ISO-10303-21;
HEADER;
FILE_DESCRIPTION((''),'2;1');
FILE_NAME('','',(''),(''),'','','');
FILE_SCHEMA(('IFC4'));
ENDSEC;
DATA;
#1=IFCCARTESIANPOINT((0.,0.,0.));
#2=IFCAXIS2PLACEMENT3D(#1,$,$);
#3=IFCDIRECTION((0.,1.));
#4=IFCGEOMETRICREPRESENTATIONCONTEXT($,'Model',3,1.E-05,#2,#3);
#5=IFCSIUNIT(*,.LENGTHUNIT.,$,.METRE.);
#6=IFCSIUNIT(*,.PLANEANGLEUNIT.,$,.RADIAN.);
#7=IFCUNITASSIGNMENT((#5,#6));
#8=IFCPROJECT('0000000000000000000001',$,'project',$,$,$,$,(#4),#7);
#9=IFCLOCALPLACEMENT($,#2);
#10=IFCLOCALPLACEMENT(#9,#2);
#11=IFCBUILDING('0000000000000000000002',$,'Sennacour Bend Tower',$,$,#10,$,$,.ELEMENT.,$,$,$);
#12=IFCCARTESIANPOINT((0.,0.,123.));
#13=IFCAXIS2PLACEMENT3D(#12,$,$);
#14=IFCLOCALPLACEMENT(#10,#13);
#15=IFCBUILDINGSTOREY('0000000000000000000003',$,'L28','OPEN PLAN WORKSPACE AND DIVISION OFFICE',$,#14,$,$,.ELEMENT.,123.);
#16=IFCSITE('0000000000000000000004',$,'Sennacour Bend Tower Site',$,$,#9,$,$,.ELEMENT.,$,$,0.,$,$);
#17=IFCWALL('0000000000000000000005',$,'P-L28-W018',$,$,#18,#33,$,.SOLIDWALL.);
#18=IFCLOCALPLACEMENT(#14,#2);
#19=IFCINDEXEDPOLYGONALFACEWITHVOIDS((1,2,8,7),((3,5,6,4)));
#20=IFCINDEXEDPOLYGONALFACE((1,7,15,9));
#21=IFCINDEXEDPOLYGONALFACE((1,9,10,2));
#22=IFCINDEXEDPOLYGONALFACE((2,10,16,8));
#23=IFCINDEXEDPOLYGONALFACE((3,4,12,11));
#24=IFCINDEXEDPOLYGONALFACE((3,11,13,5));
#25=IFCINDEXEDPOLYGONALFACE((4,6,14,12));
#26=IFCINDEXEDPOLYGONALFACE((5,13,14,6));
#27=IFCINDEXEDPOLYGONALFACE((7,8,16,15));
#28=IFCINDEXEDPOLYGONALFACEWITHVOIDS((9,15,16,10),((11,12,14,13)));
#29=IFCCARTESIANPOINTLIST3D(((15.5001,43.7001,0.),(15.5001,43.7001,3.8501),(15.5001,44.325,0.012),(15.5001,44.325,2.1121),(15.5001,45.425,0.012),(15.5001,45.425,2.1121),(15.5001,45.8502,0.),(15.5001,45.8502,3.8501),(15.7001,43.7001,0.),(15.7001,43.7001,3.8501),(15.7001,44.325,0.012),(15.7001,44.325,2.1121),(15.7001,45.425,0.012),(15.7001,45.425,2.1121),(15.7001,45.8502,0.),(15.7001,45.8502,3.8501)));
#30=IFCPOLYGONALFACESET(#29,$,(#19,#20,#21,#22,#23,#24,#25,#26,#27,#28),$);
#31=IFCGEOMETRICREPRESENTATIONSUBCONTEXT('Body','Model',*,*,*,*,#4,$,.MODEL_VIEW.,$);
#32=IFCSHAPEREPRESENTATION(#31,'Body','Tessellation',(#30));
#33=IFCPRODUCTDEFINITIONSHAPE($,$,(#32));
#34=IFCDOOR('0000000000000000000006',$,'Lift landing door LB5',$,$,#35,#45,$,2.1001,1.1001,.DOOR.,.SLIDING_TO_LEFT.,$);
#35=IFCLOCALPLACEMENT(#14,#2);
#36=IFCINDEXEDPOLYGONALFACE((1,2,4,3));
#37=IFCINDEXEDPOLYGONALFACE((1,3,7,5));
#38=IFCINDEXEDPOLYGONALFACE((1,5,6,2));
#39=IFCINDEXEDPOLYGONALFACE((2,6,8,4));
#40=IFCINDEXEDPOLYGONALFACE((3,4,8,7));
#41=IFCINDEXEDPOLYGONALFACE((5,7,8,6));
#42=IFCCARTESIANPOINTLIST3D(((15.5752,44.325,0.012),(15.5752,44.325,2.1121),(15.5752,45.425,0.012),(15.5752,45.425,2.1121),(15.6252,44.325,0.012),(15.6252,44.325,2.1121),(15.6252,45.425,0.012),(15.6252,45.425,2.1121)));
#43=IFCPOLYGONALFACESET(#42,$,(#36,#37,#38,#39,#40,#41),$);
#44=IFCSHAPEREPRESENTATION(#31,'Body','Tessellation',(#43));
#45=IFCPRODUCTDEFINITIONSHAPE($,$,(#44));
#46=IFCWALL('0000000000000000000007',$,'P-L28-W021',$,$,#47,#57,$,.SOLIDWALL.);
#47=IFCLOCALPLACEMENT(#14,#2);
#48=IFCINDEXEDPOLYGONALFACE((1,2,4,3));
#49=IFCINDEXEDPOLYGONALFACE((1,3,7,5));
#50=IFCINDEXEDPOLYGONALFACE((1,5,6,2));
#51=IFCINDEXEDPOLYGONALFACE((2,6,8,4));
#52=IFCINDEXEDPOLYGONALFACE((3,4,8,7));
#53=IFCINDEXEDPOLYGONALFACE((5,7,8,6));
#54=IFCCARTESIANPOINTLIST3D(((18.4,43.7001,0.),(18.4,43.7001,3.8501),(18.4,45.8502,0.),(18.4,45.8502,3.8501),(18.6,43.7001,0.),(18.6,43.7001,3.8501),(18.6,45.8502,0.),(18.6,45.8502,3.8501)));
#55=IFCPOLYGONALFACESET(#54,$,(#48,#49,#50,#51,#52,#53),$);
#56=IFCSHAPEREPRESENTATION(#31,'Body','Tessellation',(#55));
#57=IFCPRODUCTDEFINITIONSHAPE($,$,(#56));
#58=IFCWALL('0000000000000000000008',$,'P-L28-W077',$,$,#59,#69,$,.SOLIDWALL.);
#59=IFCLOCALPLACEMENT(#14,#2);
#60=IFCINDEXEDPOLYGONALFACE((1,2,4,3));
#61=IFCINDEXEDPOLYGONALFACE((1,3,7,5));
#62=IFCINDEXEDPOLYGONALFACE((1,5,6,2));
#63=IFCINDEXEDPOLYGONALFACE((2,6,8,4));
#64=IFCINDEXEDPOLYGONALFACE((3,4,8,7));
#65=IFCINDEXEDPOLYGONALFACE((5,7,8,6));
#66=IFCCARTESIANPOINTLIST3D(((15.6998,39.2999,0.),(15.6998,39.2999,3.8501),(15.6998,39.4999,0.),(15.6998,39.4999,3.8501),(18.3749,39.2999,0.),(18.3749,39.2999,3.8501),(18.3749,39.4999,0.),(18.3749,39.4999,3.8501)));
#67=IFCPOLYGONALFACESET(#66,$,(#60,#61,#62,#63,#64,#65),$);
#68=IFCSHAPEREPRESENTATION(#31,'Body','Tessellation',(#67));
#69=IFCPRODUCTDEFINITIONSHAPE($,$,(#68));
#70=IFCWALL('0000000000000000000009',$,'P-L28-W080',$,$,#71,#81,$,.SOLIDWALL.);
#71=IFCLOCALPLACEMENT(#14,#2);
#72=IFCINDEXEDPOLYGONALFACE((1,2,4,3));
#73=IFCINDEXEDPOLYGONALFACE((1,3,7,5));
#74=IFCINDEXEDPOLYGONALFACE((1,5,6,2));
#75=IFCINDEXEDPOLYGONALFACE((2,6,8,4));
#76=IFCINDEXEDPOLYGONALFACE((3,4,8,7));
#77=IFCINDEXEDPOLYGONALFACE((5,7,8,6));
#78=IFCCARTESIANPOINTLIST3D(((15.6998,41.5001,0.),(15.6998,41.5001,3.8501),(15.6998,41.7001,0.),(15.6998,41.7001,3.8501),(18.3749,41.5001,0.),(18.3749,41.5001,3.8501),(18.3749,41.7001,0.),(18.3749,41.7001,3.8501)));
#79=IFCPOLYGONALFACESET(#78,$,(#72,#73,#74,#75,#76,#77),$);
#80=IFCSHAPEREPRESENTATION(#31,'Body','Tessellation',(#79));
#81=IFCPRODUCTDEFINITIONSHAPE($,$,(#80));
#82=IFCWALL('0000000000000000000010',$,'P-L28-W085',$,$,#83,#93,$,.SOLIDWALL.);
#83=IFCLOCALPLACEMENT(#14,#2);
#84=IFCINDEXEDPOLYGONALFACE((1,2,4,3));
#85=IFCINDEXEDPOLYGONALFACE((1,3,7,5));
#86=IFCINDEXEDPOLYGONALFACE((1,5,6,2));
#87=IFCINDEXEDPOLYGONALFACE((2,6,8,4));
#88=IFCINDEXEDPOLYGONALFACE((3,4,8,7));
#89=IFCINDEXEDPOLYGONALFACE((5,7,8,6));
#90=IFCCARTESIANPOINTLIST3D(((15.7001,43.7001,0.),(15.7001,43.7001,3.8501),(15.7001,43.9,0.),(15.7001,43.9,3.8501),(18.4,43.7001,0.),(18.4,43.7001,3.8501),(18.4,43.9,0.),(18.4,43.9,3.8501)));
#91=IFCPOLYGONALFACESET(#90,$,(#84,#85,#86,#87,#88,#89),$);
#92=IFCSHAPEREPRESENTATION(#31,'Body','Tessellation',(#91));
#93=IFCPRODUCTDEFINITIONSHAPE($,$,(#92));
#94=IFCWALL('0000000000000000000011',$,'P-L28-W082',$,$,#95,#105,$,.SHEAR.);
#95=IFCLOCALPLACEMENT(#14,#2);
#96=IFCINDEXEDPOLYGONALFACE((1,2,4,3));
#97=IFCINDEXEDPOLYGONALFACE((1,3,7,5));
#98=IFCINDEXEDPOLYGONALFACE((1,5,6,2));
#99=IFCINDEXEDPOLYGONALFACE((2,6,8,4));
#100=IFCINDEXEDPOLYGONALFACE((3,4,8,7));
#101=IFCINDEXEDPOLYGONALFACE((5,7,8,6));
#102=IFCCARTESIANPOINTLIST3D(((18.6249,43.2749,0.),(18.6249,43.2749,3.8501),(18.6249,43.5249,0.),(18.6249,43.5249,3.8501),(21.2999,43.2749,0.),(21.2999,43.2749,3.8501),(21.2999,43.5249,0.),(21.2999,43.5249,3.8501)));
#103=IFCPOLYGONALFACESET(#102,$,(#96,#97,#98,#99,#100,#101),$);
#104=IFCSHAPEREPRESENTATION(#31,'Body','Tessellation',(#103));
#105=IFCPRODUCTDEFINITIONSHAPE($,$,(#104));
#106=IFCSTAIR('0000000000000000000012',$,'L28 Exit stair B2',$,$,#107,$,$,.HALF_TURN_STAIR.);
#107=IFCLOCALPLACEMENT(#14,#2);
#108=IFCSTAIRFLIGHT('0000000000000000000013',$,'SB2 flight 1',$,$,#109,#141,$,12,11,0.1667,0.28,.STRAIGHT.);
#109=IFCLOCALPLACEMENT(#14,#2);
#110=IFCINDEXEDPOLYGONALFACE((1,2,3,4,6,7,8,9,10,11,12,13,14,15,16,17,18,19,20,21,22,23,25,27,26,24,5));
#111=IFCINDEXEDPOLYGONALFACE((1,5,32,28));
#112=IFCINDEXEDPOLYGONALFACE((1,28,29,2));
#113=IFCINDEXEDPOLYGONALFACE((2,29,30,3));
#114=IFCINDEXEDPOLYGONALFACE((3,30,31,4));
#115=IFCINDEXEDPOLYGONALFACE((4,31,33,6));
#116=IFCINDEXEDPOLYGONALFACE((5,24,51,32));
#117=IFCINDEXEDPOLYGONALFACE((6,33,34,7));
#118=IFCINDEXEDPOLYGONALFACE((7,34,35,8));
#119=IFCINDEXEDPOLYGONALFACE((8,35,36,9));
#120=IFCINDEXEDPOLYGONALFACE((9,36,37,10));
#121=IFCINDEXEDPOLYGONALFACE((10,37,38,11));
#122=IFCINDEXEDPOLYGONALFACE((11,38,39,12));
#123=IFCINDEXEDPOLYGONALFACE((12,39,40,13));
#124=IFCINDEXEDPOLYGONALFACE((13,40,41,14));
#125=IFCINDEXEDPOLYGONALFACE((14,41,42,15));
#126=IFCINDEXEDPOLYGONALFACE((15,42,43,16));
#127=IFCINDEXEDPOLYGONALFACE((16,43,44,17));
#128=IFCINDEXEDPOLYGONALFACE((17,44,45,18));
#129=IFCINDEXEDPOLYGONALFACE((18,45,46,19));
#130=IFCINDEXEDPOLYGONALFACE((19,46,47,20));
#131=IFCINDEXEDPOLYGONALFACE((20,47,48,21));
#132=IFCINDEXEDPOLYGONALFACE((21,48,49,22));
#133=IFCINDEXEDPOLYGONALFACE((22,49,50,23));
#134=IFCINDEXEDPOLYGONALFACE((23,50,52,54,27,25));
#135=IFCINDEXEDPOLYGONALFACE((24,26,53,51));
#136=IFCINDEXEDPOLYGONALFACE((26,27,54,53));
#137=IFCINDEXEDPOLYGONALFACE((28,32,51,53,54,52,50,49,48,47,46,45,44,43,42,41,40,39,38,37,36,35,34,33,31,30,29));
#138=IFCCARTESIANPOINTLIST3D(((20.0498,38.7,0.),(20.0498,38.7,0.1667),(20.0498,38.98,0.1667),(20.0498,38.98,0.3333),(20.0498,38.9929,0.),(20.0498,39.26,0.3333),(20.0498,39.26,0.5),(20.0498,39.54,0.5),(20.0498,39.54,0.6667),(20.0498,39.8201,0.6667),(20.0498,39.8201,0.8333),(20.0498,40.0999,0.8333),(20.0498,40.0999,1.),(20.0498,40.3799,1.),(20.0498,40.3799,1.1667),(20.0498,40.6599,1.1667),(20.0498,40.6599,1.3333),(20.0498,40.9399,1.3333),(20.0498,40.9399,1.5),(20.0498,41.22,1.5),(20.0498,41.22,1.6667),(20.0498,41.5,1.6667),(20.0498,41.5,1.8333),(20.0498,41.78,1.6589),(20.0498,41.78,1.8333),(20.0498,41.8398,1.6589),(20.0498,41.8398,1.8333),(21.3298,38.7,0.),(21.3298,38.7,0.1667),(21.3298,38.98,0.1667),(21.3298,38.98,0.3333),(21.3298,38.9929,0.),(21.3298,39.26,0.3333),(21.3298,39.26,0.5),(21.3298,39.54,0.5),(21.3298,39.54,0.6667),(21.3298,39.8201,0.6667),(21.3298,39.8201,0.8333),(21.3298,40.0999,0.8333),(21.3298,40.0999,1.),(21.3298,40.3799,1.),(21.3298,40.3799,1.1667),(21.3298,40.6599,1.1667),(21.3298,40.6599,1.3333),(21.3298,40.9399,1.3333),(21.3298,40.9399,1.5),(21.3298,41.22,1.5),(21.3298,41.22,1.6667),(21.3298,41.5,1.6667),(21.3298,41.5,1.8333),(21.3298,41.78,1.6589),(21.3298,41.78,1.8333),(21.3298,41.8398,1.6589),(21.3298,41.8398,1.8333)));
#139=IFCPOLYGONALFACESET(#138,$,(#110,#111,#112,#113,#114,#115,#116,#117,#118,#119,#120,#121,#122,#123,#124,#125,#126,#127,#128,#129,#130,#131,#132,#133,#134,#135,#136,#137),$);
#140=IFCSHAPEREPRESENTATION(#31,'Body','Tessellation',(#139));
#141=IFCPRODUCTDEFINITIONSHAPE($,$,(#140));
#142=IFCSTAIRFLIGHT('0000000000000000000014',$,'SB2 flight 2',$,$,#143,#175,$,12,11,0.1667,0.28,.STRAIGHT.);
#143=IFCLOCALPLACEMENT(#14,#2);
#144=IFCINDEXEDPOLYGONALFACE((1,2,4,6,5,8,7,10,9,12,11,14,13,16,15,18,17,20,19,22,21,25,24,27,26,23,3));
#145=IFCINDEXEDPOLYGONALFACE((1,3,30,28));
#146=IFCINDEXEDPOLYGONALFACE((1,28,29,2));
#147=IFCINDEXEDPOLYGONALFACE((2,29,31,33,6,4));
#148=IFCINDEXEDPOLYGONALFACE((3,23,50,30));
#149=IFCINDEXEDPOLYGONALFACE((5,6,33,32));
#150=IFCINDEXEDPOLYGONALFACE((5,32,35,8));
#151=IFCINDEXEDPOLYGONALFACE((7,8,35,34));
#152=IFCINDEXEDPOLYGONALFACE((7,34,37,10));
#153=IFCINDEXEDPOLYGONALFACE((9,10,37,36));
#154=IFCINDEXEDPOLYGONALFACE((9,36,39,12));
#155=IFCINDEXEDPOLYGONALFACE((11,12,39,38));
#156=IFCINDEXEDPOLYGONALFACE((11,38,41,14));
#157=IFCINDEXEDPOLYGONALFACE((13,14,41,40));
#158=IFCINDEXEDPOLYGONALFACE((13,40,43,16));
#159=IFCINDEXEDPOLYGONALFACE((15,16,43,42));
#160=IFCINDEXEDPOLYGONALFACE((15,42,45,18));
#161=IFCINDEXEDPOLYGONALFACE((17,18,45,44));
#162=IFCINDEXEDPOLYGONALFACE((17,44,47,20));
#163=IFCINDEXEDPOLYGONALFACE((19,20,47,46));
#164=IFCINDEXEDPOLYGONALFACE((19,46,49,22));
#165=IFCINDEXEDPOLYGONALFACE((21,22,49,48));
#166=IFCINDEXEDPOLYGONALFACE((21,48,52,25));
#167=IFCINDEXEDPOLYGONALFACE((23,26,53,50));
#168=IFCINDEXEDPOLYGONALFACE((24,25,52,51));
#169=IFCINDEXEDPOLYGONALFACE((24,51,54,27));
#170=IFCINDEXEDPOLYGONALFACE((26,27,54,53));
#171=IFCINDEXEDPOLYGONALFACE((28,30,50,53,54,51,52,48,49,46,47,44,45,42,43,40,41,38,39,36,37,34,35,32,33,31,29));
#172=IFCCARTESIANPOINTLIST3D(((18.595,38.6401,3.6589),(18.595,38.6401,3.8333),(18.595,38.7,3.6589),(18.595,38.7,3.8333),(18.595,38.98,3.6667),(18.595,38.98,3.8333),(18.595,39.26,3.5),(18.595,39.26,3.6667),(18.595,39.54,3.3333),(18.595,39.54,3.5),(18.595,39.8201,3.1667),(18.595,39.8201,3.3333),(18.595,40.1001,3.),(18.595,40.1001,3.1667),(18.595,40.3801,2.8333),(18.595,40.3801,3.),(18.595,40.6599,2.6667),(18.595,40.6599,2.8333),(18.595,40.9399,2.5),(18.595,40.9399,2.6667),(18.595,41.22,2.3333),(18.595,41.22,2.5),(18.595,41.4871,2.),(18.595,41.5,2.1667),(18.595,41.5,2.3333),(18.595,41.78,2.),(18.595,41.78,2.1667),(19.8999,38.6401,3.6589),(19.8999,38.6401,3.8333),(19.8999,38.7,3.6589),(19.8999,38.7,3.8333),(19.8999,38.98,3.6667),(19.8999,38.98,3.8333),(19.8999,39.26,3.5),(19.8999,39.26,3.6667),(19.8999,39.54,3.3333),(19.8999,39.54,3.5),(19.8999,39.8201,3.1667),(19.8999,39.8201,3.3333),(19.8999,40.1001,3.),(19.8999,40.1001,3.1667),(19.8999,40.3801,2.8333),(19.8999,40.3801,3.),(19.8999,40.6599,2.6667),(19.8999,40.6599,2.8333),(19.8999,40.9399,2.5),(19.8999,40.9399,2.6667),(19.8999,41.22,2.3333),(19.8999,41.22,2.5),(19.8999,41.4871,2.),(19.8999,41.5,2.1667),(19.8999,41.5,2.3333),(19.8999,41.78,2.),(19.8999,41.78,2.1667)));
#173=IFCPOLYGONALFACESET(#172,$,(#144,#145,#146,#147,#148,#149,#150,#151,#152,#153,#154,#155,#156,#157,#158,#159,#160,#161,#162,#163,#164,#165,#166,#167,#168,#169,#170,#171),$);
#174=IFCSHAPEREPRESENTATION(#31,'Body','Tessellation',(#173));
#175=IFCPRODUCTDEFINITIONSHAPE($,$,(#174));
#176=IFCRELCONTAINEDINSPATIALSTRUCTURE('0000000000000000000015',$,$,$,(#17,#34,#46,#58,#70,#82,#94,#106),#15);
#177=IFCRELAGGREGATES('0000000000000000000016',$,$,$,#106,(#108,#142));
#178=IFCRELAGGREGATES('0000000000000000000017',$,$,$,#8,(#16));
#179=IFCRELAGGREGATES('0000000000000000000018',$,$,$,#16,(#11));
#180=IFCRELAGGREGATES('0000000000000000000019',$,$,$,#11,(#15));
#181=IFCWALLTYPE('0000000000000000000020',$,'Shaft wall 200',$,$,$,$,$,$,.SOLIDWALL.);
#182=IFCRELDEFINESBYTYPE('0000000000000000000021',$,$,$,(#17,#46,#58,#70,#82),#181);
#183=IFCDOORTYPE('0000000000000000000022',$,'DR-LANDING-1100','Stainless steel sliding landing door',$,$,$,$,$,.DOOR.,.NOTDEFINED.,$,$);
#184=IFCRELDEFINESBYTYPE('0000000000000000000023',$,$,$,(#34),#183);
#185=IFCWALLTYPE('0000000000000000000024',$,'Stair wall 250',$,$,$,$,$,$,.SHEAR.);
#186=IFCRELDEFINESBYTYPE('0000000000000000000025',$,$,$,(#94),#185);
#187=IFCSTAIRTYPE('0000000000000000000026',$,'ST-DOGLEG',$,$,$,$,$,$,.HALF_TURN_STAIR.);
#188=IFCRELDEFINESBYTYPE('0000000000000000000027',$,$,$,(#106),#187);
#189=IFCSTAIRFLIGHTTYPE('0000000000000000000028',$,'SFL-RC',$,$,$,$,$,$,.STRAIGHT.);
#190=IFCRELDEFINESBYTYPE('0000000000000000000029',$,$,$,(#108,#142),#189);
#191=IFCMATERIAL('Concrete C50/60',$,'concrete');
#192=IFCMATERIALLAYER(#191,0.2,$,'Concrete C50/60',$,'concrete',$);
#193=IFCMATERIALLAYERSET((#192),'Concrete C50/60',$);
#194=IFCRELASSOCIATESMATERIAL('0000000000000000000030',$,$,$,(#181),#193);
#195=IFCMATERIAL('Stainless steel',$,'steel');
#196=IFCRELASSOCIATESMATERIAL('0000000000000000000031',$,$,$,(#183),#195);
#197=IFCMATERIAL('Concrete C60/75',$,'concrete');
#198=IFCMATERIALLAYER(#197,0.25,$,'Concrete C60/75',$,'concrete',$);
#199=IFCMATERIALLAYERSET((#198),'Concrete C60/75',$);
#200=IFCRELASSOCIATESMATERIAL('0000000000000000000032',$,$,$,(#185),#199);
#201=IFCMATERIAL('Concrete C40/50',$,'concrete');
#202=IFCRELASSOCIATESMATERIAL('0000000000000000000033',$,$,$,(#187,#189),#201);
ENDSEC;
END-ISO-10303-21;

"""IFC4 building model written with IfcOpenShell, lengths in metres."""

from ifc_helpers import new_model, si_unit, direction, frame, frame_2d, origin, place, context, subcontext, project, spatial, polyline, rectangle, outline, extrude, material, layer, layer_set, type_object, element, fill, aggregate, save


model = new_model("IFC4")

# Units and contexts
model_context = context("Model", 3, precision=1e-05, world=origin(), true_north=direction((0.0, 1.0)))
body_context = subcontext(model_context, "Body", "Model", "MODEL_VIEW")
ifc_project = project(units=[si_unit("LENGTHUNIT", "METRE"), si_unit("PLANEANGLEUNIT", "RADIAN")], contexts=[model_context])

# Site, building, storey
site_placement = place(None, origin())
site = spatial("IfcSite", under=ifc_project, at=site_placement, Name="Sennacour Bend Tower Site", CompositionType="ELEMENT", RefElevation=0.0)
building_placement = place(site_placement, origin())
building = spatial("IfcBuilding", under=site, at=building_placement, Name="Sennacour Bend Tower", CompositionType="ELEMENT")
storey_placement = place(building_placement, frame((0.0, 0.0, 123.0)))
storey = spatial("IfcBuildingStorey", under=building, at=storey_placement, Name="L28", Description="OPEN PLAN WORKSPACE AND DIVISION OFFICE", CompositionType="ELEMENT", Elevation=123.0)

# Wall, opening, door
ifc_material_1 = material(Name="Concrete C50/60", Category="concrete")
ifc_layer_1 = layer(ifc_material_1, 0.2, Name="Concrete C50/60", Category="concrete")
ifc_layer_set_1 = layer_set([ifc_layer_1], Name="Concrete C50/60")
wall_type_1 = type_object("IfcWallType", Name="Shaft wall 200", PredefinedType="SOLIDWALL", material=ifc_layer_set_1)
wall_1_placement = place(storey_placement, frame((15.6001, 43.7, 0.0), z_axis=(0.0, 0.0, 1.0), x_axis=(0.0, 1.0, 0.0)))
wall_1 = element("IfcWall", 1, at=wall_1_placement, inside=storey, type_object=wall_type_1, Name="P-L28-W018", PredefinedType="SOLIDWALL", context=body_context, shape_type="SweptSolid", body=[
    extrude(rectangle(XDim=2.1501, YDim=0.2, at=frame_2d((1.0752, 0.0))), origin(), (0.0, 0.0, 1.0), 3.8501),
])
opening_1_placement = place(wall_1_placement, frame((0.625, 0.0, 0.012)))
opening_1 = element("IfcOpeningElement", 2, at=opening_1_placement, cuts=wall_1, PredefinedType="OPENING", context=body_context, shape_type="SweptSolid", body=[
    extrude(rectangle(XDim=1.1001, YDim=2.1001, at=frame_2d((0.55, 1.05))), frame((0.0, 0.1099, 0.0), z_axis=(0.0, -1.0, 0.0), x_axis=(1.0, 0.0, 0.0)), (0.0, 0.0, 1.0), 0.22),
])
ifc_material_2 = material(Name="Stainless steel", Category="steel")
door_type_1 = type_object("IfcDoorType", Name="DR-LANDING-1100", Description="Stainless steel sliding landing door", OperationType="NOTDEFINED", PredefinedType="DOOR", material=ifc_material_2)
door_1_placement = place(opening_1_placement, origin())
door_1 = element("IfcDoor", 3, at=door_1_placement, inside=storey, type_object=door_type_1, Name="Lift landing door LB5", OperationType="SLIDING_TO_LEFT", OverallHeight=2.1001, OverallWidth=1.1001, PredefinedType="DOOR", context=body_context, shape_type="SweptSolid", body=[
    extrude(rectangle(XDim=1.1001, YDim=2.1001, at=frame_2d((0.55, 1.05))), frame((0.0, 0.0249, 0.0), z_axis=(0.0, -1.0, 0.0), x_axis=(1.0, 0.0, 0.0)), (0.0, 0.0, 1.0), 0.05),
])
fill(opening_1, door_1)

# Walls
wall_2_placement = place(storey_placement, frame((18.5, 43.7, 0.0), z_axis=(0.0, 0.0, 1.0), x_axis=(0.0, 1.0, 0.0)))
element("IfcWall", 4, at=wall_2_placement, inside=storey, type_object=wall_type_1, Name="P-L28-W021", PredefinedType="SOLIDWALL", context=body_context, shape_type="SweptSolid", body=[
    extrude(rectangle(XDim=2.1501, YDim=0.2, at=frame_2d((1.0752, 0.0))), origin(), (0.0, 0.0, 1.0), 3.8501),
])
for number, where, z_axis, x_axis, name in (
    (5, (15.7, 39.3999, 0.0), (0.0, 0.0, 1.0), (1.0, 0.0, 0.0), "P-L28-W077"),
    (6, (15.7, 41.6001, 0.0), (0.0, 0.0, 1.0), (1.0, 0.0, 0.0), "P-L28-W080"),
):
    element("IfcWall", number, at=place(storey_placement, frame(where, z_axis=z_axis, x_axis=x_axis)), inside=storey, type_object=wall_type_1, Name=name, PredefinedType="SOLIDWALL", context=body_context, shape_type="SweptSolid", body=[
        extrude(rectangle(XDim=2.675, YDim=0.2, at=frame_2d((1.3374, 0.0))), origin(), (0.0, 0.0, 1.0), 3.8501),
    ])
wall_3_placement = place(storey_placement, frame((15.7, 43.8, 0.0), z_axis=(0.0, 0.0, 1.0), x_axis=(1.0, 0.0, 0.0)))
element("IfcWall", 7, at=wall_3_placement, inside=storey, type_object=wall_type_1, Name="P-L28-W085", PredefinedType="SOLIDWALL", context=body_context, shape_type="SweptSolid", body=[
    extrude(rectangle(XDim=2.7, YDim=0.2, at=frame_2d((1.3501, 0.0))), origin(), (0.0, 0.0, 1.0), 3.8501),
])
ifc_material_3 = material(Name="Concrete C60/75", Category="concrete")
ifc_layer_2 = layer(ifc_material_3, 0.25, Name="Concrete C60/75", Category="concrete")
ifc_layer_set_2 = layer_set([ifc_layer_2], Name="Concrete C60/75")
wall_type_2 = type_object("IfcWallType", Name="Stair wall 250", PredefinedType="SHEAR", material=ifc_layer_set_2)
wall_4_placement = place(storey_placement, frame((18.625, 43.3999, 0.0), z_axis=(0.0, 0.0, 1.0), x_axis=(1.0, 0.0, 0.0)))
element("IfcWall", 8, at=wall_4_placement, inside=storey, type_object=wall_type_2, Name="P-L28-W082", PredefinedType="SHEAR", context=body_context, shape_type="SweptSolid", body=[
    extrude(rectangle(XDim=2.675, YDim=0.25, at=frame_2d((1.3374, 0.0))), origin(), (0.0, 0.0, 1.0), 3.8501),
])

# Stair, stair flights
ifc_material_4 = material(Name="Concrete C40/50", Category="concrete")
stair_type = type_object("IfcStairType", Name="ST-DOGLEG", PredefinedType="HALF_TURN_STAIR", material=ifc_material_4)
stair_placement = place(storey_placement, origin())
stair = element("IfcStair", 9, at=stair_placement, inside=storey, type_object=stair_type, Name="L28 Exit stair B2", PredefinedType="HALF_TURN_STAIR")
stair_flight_type = type_object("IfcStairFlightType", Name="SFL-RC", PredefinedType="STRAIGHT", material=ifc_material_4)
stair_flight_1_placement = place(storey_placement, frame((20.6899, 38.7, 0.0), z_axis=(0.0, 0.0, 1.0), x_axis=(0.0, 1.0, 0.0)))
stair_flight_1 = element("IfcStairFlight", 10, at=stair_flight_1_placement, type_object=stair_flight_type, Name="SB2 flight 1", NumberOfRisers=12, NumberOfTreads=11, PredefinedType="STRAIGHT", RiserHeight=0.1667, TreadLength=0.28, context=body_context, shape_type="SweptSolid", body=[
    extrude(outline(polyline([(0.0, 0.0), (0.0, 0.1667), (0.28, 0.1667), (0.28, 0.3333), (0.5601, 0.3333), (0.5601, 0.5), (0.8401, 0.5), (0.8401, 0.6667), (1.1201, 0.6667), (1.1201, 0.8333), (1.3999, 0.8333), (1.3999, 1.0), (1.6799, 1.0), (1.6799, 1.1667), (1.96, 1.1667), (1.96, 1.3333), (2.24, 1.3333), (2.24, 1.5), (2.52, 1.5), (2.52, 1.6667), (2.8, 1.6667), (2.8, 1.8333), (3.0801, 1.8333), (3.1399, 1.8333), (3.1399, 1.6589), (3.0801, 1.6589), (0.293, 0.0), (0.0, 0.0)])), frame((0.0, 0.6401, 0.0), z_axis=(0.0, -1.0, 0.0), x_axis=(1.0, 0.0, 0.0)), (0.0, 0.0, 1.0), 1.28),
])
stair_flight_2_placement = place(storey_placement, frame((19.2476, 41.78, 2.0), z_axis=(0.0, 0.0, 1.0), x_axis=(0.0, -1.0, 0.0)))
stair_flight_2 = element("IfcStairFlight", 11, at=stair_flight_2_placement, type_object=stair_flight_type, Name="SB2 flight 2", NumberOfRisers=12, NumberOfTreads=11, PredefinedType="STRAIGHT", RiserHeight=0.1667, TreadLength=0.28, context=body_context, shape_type="SweptSolid", body=[
    extrude(outline(polyline([(0.0, 0.0), (0.0, 0.1667), (0.28, 0.1667), (0.28, 0.3333), (0.5601, 0.3333), (0.5601, 0.5), (0.8401, 0.5), (0.8401, 0.6667), (1.1201, 0.6667), (1.1201, 0.8333), (1.3999, 0.8333), (1.3999, 1.0), (1.6799, 1.0), (1.6799, 1.1667), (1.96, 1.1667), (1.96, 1.3333), (2.24, 1.3333), (2.24, 1.5), (2.52, 1.5), (2.52, 1.6667), (2.8, 1.6667), (2.8, 1.8333), (3.0801, 1.8333), (3.1399, 1.8333), (3.1399, 1.6589), (3.0801, 1.6589), (0.293, 0.0), (0.0, 0.0)])), frame((0.0, 0.6523, 0.0), z_axis=(0.0, -1.0, 0.0), x_axis=(1.0, 0.0, 0.0)), (0.0, 0.0, 1.0), 1.3049),
])
aggregate(stair, [stair_flight_1, stair_flight_2])

save(model, "model.ifc")
